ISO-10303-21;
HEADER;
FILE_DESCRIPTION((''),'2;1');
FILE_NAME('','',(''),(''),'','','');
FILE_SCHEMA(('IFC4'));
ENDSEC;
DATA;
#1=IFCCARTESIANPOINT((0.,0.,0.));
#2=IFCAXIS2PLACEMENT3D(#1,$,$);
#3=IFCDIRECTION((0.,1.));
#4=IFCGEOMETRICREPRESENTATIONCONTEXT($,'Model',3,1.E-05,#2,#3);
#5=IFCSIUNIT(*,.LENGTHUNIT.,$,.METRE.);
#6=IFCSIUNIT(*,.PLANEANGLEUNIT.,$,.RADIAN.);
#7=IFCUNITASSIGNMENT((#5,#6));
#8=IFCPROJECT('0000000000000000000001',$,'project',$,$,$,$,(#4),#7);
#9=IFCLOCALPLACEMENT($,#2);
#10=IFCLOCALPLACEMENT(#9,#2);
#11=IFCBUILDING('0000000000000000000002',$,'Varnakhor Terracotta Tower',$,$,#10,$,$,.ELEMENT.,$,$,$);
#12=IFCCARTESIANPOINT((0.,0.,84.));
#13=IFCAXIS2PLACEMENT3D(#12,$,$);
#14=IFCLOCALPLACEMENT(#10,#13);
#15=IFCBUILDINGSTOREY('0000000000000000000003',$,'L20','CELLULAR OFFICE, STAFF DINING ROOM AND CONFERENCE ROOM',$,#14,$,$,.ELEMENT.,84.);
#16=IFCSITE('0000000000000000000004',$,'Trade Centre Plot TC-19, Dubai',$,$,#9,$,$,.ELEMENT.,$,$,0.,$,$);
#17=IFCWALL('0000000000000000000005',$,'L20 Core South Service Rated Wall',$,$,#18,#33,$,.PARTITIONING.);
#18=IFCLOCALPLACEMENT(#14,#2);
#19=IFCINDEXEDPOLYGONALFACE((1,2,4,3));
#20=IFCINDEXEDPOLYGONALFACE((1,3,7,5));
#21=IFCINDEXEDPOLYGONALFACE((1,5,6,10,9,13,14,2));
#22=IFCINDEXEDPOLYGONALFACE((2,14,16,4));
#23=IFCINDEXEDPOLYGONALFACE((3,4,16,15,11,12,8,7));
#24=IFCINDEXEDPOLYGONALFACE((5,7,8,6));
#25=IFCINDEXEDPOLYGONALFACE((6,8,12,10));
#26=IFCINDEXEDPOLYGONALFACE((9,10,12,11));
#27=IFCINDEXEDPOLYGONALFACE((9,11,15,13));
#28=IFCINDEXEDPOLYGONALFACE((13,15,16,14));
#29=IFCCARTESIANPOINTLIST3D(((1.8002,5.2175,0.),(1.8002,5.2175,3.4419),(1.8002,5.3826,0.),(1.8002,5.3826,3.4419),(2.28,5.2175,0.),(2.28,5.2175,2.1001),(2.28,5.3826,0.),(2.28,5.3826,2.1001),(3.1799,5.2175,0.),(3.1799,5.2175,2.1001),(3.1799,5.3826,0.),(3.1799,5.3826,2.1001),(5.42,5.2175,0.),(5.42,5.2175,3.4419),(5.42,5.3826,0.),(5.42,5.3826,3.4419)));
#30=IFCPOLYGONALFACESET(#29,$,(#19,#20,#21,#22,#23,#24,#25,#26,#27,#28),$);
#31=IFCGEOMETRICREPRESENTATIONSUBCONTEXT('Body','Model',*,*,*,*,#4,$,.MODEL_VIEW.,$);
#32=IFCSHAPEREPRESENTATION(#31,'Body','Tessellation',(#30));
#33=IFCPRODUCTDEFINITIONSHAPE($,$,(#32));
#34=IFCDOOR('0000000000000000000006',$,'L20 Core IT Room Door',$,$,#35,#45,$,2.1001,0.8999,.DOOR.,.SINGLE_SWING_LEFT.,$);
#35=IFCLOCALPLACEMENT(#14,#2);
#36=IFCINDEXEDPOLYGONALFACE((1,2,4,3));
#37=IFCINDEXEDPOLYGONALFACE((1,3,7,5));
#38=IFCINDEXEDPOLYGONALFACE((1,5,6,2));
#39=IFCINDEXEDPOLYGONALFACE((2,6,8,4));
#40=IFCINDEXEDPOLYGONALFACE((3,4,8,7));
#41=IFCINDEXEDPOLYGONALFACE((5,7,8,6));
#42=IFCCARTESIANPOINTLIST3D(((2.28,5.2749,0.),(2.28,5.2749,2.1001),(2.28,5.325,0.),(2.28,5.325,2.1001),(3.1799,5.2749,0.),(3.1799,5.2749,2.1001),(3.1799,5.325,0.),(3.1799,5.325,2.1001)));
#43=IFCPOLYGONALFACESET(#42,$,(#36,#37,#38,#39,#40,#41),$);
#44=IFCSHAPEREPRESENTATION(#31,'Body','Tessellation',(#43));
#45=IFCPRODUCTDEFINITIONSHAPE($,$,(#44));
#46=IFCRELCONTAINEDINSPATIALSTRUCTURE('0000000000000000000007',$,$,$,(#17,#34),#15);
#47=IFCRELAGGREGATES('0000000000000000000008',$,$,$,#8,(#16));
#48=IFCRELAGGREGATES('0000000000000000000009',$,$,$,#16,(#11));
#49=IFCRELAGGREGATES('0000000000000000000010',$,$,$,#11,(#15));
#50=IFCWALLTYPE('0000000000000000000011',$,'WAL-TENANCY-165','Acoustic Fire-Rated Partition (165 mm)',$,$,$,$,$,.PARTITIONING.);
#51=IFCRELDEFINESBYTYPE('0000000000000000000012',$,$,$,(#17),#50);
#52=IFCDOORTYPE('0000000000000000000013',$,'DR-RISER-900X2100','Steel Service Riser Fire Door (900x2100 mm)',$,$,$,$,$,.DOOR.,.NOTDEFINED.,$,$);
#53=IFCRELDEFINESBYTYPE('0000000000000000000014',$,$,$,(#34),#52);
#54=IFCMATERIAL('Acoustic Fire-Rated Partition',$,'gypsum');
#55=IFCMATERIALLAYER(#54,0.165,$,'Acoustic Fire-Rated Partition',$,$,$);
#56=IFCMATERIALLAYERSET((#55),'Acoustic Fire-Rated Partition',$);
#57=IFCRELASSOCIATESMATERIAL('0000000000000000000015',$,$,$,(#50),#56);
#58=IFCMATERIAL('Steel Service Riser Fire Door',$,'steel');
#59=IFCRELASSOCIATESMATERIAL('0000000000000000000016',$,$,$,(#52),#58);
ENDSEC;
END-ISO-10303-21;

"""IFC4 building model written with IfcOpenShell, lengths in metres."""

from ifc_helpers import new_model, si_unit, direction, frame, frame_2d, origin, place, context, subcontext, project, spatial, rectangle, extrude, source, transform, mapped, material, layer, layer_set, type_object, type_shapes, element, fill, save


model = new_model("IFC4")

# Units and contexts
model_context = context("Model", 3, precision=1e-05, world=origin(), true_north=direction((0.0, 1.0)))
body_context = subcontext(model_context, "Body", "Model", "MODEL_VIEW")
ifc_project = project(units=[si_unit("LENGTHUNIT", "METRE"), si_unit("PLANEANGLEUNIT", "RADIAN")], contexts=[model_context])

# Site, building, storey
site_placement = place(None, origin())
site = spatial("IfcSite", under=ifc_project, at=site_placement, Name="Trade Centre Plot TC-19, Dubai", CompositionType="ELEMENT", RefElevation=0.0)
building_placement = place(site_placement, origin())
building = spatial("IfcBuilding", under=site, at=building_placement, Name="Varnakhor Terracotta Tower", CompositionType="ELEMENT")
storey_placement = place(building_placement, frame((0.0, 0.0, 84.0)))
storey = spatial("IfcBuildingStorey", under=building, at=storey_placement, Name="L20", Description="CELLULAR OFFICE, STAFF DINING ROOM AND CONFERENCE ROOM", CompositionType="ELEMENT", Elevation=84.0)

# Shared definitions
ifc_material_1 = material(Name="Acoustic Fire-Rated Partition", Category="gypsum")
ifc_layer_1 = layer(ifc_material_1, 0.165, Name="Acoustic Fire-Rated Partition")
ifc_layer_set_1 = layer_set([ifc_layer_1], Name="Acoustic Fire-Rated Partition")
wall_type_1 = type_object("IfcWallType", Name="WAL-TENANCY-165", Description="Acoustic Fire-Rated Partition (165 mm)", PredefinedType="PARTITIONING", material=ifc_layer_set_1)

# Shared definitions
ifc_material_2 = material(Name="Steel Service Riser Fire Door", Category="steel")
door_type_1 = type_object("IfcDoorType", Name="DR-RISER-900X2100", Description="Steel Service Riser Fire Door (900x2100 mm)", OperationType="NOTDEFINED", PredefinedType="DOOR", material=ifc_material_2)
shared_shape_1 = source(origin(), body_context, "Body", "SweptSolid", [
    extrude(rectangle(XDim=0.8999, YDim=2.1001, at=frame_2d((0.45, 1.05))), frame((0.0, 0.0249, 0.0), z_axis=(0.0, -1.0, 0.0), x_axis=(1.0, 0.0, 0.0)), (0.0, 0.0, 1.0), 0.05),
])
type_shapes(door_type_1, [shared_shape_1])

# Wall, opening, door
wall_1_placement = place(storey_placement, frame((1.8, 5.3, 0.0), z_axis=(0.0, 0.0, 1.0), x_axis=(1.0, 0.0, 0.0)))
wall_1 = element("IfcWall", 1, at=wall_1_placement, inside=storey, type_object=wall_type_1, Name="L20 Core South Service Rated Wall", PredefinedType="PARTITIONING", context=body_context, shape_type="SweptSolid", body=[
    extrude(rectangle(XDim=3.6199, YDim=0.165, at=frame_2d((1.8101, 0.0))), origin(), (0.0, 0.0, 1.0), 3.4419),
])
opening_1_placement = place(wall_1_placement, frame((0.48, 0.0, 0.0)))
opening_1 = element("IfcOpeningElement", 2, at=opening_1_placement, cuts=wall_1, PredefinedType="OPENING", context=body_context, shape_type="SweptSolid", body=[
    extrude(rectangle(XDim=0.8999, YDim=2.1001, at=frame_2d((0.45, 1.05))), frame((0.0, 0.0925, 0.0), z_axis=(0.0, -1.0, 0.0), x_axis=(1.0, 0.0, 0.0)), (0.0, 0.0, 1.0), 0.1851),
])
door_1_placement = place(opening_1_placement, origin())
door_1 = element("IfcDoor", 3, at=door_1_placement, inside=storey, type_object=door_type_1, Name="L20 Core IT Room Door", OperationType="SINGLE_SWING_LEFT", OverallHeight=2.1001, OverallWidth=0.8999, PredefinedType="DOOR", context=body_context, shape_type="MappedRepresentation", body=[
    mapped(shared_shape_1, transform((0.0, 0.0, 0.0), scale=1.0)),
])
fill(opening_1, door_1)

save(model, "model.ifc")
